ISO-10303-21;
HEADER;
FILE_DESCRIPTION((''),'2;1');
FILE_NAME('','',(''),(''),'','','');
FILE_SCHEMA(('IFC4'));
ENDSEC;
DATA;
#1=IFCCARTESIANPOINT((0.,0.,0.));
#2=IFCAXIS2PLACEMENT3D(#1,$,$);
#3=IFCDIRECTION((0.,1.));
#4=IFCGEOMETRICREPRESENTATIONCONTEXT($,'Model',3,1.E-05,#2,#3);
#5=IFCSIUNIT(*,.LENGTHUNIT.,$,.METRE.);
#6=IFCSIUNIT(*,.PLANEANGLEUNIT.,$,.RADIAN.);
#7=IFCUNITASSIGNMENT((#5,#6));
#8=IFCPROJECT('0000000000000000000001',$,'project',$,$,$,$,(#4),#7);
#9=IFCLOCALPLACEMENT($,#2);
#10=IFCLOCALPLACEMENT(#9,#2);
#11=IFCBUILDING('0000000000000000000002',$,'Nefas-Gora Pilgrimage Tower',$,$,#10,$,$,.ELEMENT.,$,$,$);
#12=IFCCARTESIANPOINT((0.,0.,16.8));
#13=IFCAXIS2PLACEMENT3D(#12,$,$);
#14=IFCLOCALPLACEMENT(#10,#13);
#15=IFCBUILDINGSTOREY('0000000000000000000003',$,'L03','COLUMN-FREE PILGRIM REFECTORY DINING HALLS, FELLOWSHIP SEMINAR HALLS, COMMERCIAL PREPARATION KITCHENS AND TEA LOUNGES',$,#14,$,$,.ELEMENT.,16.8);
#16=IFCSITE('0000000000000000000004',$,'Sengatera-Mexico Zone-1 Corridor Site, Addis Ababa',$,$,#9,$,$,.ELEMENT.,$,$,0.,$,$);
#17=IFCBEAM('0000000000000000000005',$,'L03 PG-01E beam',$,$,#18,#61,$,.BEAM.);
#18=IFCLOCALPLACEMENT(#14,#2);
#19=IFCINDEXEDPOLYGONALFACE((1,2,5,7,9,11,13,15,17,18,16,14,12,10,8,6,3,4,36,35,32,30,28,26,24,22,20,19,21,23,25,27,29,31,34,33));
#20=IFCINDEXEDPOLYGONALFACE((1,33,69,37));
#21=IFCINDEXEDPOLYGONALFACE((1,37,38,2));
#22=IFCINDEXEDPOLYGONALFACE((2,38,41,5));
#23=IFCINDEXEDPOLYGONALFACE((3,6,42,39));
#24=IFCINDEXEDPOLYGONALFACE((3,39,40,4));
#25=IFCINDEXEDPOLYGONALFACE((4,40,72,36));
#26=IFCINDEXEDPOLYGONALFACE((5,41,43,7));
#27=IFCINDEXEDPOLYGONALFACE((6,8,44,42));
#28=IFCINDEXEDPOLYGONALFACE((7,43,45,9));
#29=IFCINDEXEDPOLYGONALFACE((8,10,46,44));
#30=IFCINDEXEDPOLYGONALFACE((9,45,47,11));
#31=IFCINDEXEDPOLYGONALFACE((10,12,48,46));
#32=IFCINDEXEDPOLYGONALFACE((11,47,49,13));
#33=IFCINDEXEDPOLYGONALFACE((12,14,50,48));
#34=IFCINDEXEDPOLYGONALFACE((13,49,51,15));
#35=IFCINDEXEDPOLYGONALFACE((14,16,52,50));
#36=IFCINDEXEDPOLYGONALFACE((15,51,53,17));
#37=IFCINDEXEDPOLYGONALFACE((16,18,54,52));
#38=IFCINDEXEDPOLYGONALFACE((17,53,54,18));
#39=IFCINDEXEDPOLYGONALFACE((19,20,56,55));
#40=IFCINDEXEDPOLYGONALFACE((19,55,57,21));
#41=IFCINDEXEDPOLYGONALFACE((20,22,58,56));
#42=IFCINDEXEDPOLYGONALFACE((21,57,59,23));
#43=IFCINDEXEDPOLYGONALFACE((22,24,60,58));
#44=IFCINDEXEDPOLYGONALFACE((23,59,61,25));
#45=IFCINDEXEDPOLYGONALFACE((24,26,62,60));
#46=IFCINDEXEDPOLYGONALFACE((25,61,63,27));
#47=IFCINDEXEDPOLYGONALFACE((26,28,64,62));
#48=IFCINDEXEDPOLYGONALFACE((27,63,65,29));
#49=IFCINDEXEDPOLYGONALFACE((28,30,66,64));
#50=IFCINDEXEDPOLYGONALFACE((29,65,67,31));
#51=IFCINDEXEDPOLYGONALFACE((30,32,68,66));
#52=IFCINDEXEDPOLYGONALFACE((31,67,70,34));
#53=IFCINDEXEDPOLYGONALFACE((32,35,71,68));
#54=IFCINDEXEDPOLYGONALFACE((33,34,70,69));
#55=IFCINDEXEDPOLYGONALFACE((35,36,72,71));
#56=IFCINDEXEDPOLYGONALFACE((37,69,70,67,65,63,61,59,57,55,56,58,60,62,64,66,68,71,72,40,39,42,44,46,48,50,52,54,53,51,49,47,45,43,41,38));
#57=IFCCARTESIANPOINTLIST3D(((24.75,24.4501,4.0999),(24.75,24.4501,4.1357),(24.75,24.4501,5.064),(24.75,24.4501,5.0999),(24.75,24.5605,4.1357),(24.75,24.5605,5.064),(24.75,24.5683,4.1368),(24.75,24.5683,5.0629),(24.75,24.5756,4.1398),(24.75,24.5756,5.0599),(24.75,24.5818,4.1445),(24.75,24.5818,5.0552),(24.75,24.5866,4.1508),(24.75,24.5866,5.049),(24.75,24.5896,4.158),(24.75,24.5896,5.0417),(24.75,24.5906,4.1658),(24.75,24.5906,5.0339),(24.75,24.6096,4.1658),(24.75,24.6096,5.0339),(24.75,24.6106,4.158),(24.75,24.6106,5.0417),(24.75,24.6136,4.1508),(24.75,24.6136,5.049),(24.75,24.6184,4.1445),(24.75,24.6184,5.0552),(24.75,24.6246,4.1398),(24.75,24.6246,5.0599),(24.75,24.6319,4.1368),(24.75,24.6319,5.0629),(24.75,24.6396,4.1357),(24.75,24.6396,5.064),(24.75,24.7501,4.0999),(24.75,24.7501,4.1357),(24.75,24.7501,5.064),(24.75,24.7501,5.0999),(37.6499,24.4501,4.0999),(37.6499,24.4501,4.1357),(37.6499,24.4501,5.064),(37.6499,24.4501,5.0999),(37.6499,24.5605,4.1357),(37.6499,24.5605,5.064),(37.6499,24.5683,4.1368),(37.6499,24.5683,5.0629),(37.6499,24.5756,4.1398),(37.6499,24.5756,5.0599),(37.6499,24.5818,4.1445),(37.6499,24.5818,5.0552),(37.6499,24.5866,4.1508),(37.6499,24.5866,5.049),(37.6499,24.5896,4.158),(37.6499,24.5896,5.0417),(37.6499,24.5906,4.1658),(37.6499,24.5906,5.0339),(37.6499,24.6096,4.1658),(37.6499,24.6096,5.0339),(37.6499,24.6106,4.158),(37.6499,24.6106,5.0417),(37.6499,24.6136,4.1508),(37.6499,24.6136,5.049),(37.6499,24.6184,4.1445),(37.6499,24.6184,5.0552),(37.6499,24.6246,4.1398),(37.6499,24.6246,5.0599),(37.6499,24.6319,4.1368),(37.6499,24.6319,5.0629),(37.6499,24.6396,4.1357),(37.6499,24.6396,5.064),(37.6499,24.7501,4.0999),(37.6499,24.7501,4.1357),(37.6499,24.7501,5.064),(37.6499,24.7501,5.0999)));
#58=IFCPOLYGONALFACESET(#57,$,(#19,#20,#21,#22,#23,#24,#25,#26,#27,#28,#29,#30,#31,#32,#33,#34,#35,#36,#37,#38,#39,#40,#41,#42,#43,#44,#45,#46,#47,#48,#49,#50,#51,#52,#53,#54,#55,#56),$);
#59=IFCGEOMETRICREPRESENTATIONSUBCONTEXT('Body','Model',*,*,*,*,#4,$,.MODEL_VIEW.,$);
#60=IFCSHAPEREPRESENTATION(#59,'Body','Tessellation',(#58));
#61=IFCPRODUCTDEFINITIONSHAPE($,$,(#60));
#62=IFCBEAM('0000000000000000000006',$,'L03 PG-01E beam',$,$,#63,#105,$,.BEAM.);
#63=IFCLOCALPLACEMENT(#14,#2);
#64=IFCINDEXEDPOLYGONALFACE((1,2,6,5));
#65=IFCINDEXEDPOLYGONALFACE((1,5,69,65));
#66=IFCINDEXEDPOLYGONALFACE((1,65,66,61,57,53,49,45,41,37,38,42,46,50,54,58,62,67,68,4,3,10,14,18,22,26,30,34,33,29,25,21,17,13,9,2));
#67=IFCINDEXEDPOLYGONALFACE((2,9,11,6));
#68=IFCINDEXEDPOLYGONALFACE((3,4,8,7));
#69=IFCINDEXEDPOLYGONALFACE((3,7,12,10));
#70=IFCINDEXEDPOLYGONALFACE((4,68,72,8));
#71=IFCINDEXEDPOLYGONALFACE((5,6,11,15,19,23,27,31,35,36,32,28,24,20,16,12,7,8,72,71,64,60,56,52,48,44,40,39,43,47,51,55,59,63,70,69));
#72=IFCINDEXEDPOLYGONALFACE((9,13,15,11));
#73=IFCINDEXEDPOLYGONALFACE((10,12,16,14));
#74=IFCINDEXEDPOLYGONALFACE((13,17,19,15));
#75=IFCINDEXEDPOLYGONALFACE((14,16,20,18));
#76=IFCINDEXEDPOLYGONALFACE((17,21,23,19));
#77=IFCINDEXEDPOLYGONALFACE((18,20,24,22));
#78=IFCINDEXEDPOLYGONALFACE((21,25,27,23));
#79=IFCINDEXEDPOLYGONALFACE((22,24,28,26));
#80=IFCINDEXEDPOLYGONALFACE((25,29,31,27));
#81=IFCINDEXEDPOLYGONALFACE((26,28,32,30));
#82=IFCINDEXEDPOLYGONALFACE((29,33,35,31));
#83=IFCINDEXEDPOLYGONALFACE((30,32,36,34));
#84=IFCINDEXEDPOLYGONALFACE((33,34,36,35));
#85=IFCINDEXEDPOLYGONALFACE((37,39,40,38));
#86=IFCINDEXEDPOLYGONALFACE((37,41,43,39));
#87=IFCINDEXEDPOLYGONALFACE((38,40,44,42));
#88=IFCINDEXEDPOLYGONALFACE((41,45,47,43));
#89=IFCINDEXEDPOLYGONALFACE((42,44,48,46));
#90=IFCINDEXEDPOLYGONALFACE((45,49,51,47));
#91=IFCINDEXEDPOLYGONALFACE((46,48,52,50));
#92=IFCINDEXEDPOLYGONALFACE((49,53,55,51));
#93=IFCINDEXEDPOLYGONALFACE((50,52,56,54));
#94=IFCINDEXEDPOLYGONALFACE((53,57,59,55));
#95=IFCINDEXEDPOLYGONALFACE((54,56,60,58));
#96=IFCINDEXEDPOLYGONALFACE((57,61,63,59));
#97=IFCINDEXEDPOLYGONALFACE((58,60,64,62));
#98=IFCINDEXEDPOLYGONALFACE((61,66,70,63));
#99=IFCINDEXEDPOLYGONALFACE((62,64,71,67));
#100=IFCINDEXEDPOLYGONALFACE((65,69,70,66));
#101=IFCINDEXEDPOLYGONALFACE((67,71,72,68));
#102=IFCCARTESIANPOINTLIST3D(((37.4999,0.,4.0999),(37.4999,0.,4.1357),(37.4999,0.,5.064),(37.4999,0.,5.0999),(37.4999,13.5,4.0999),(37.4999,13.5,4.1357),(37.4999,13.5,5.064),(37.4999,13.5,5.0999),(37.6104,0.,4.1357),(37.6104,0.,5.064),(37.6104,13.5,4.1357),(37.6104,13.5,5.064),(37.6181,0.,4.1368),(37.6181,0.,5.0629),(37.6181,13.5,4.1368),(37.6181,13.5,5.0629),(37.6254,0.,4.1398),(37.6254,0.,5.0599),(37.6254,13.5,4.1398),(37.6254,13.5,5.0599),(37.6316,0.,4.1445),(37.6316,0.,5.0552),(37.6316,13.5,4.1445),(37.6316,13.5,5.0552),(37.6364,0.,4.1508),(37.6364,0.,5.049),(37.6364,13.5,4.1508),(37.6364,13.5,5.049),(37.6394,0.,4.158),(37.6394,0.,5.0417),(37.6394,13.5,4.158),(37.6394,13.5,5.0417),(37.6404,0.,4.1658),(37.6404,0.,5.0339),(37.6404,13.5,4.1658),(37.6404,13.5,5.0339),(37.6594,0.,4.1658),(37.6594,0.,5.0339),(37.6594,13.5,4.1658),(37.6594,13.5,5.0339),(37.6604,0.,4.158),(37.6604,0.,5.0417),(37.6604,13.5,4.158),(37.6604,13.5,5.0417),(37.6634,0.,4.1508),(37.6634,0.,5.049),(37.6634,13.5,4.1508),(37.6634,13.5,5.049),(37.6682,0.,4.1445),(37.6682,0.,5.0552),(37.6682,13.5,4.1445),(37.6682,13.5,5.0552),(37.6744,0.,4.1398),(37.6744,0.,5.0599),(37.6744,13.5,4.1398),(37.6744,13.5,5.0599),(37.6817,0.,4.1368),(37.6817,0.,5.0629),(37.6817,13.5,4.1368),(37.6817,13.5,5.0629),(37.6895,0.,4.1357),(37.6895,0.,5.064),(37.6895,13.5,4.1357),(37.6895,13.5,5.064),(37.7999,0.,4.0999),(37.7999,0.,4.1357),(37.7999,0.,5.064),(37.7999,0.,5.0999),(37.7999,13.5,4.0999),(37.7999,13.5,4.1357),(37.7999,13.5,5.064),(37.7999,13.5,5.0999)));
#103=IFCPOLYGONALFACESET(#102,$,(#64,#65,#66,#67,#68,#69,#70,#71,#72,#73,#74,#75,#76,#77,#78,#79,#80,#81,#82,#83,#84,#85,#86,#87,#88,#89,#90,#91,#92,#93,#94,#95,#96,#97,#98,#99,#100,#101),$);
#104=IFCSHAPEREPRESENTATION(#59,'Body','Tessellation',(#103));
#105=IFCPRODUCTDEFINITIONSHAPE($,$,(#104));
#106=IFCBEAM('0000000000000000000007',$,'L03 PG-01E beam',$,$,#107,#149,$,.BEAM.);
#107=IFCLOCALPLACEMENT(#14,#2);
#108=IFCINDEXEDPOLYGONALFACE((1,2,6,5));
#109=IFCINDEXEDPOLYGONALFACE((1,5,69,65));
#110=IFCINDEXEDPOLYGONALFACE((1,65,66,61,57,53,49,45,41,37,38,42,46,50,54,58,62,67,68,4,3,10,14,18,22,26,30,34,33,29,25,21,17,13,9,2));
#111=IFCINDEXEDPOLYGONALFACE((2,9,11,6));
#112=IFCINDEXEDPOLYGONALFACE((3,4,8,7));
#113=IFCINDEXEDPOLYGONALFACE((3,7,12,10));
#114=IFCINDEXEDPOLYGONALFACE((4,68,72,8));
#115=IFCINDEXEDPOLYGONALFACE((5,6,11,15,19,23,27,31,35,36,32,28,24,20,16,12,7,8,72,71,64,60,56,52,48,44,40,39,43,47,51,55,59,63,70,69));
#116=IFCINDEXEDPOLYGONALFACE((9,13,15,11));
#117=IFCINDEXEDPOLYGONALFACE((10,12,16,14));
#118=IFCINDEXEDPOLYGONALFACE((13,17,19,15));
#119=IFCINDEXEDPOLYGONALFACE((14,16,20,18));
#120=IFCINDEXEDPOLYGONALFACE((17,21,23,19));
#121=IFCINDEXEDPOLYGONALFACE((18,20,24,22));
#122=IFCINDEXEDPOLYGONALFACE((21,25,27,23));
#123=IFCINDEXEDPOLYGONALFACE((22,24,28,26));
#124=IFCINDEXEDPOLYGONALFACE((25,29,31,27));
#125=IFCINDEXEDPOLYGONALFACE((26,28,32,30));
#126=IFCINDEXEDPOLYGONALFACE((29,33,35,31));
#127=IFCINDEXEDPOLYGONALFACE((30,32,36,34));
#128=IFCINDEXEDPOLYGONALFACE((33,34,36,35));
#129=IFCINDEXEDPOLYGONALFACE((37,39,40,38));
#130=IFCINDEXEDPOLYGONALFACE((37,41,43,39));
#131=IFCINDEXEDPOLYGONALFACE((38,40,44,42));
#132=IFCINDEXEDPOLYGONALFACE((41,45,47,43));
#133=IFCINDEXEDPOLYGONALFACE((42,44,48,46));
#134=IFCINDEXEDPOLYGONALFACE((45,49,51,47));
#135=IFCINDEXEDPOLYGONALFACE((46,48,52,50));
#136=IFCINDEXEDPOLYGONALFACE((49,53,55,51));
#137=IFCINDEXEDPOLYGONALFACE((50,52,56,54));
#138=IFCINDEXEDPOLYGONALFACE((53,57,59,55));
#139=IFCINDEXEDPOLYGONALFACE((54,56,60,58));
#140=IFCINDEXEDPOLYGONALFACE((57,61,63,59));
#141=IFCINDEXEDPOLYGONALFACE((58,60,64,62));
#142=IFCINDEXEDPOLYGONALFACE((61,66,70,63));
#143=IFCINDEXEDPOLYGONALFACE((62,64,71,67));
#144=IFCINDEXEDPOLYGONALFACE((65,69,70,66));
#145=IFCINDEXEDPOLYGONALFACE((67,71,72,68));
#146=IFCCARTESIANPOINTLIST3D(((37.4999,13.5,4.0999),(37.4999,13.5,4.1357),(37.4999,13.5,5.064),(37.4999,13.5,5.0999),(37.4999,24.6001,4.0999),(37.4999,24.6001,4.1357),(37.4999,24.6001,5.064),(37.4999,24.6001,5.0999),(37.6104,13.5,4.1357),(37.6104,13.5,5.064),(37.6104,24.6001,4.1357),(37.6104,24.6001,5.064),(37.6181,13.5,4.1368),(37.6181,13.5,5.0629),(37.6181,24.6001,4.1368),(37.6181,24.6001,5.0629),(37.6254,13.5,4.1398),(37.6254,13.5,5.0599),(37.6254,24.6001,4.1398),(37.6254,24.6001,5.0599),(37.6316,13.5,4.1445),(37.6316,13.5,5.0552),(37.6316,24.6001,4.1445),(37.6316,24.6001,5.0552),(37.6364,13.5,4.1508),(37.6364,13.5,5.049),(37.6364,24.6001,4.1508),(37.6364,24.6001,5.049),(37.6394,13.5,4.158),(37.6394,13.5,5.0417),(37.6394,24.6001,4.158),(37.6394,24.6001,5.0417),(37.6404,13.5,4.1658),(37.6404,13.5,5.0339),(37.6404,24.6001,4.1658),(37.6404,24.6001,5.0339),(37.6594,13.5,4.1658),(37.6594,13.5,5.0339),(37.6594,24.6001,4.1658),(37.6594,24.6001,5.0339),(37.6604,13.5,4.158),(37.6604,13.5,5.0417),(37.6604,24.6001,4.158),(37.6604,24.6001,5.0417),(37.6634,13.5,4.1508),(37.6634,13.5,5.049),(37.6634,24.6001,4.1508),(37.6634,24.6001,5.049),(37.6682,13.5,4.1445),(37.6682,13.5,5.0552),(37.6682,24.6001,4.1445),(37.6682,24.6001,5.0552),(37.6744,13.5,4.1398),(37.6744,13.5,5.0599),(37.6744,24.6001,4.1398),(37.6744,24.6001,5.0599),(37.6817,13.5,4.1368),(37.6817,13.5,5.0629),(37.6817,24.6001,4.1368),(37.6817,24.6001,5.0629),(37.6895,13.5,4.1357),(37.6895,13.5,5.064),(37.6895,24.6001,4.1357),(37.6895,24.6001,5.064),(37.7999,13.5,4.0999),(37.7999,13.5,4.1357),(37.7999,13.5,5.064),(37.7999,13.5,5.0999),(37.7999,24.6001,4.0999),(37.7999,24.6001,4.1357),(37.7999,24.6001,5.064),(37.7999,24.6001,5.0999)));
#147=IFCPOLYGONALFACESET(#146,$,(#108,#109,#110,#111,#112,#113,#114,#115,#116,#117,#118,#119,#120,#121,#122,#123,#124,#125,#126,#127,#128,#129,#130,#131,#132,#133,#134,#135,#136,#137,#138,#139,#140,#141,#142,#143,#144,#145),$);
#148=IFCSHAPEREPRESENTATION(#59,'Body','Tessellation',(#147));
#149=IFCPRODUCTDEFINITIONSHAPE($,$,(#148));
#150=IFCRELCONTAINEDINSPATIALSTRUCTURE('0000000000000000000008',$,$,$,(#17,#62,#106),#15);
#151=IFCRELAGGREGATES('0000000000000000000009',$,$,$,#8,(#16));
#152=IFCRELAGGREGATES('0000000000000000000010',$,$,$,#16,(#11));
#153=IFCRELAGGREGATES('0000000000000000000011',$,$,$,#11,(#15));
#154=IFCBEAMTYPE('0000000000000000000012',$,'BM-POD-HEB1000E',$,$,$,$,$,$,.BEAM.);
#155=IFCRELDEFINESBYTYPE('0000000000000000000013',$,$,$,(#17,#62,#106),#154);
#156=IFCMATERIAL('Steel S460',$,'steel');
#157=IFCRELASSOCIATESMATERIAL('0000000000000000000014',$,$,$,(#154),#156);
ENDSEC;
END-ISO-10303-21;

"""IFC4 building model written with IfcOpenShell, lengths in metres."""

from ifc_helpers import new_model, si_unit, direction, frame, origin, origin_2d, place, context, subcontext, project, spatial, i_section, extrude, source, transform, mapped, material, material_profile, profile_set, type_object, element, save


model = new_model("IFC4")

# Units and contexts
model_context = context("Model", 3, precision=1e-05, world=origin(), true_north=direction((0.0, 1.0)))
body_context = subcontext(model_context, "Body", "Model", "MODEL_VIEW")
ifc_project = project(units=[si_unit("LENGTHUNIT", "METRE"), si_unit("PLANEANGLEUNIT", "RADIAN")], contexts=[model_context])

# Site, building, storey
site_placement = place(None, origin())
site = spatial("IfcSite", under=ifc_project, at=site_placement, Name="Sengatera-Mexico Zone-1 Corridor Site, Addis Ababa", CompositionType="ELEMENT", RefElevation=0.0)
building_placement = place(site_placement, origin())
building = spatial("IfcBuilding", under=site, at=building_placement, Name="Nefas-Gora Pilgrimage Tower", CompositionType="ELEMENT")
storey_placement = place(building_placement, frame((0.0, 0.0, 16.8)))
storey = spatial("IfcBuildingStorey", under=building, at=storey_placement, Name="L03", Description="COLUMN-FREE PILGRIM REFECTORY DINING HALLS, FELLOWSHIP SEMINAR HALLS, COMMERCIAL PREPARATION KITCHENS AND TEA LOUNGES", CompositionType="ELEMENT", Elevation=16.8)

# Shared definitions
ifc_material_1 = material(Name="Steel S460", Category="steel")

# Beams
ifc_material_profile_1 = material_profile(ifc_material_1, i_section(OverallWidth=0.3, OverallDepth=1.0, WebThickness=0.019, FlangeThickness=0.0359, FilletRadius=0.03, at=origin_2d()), Name="HEB 1000")
ifc_profile_set_1 = profile_set([ifc_material_profile_1], Name="Steel S460")
beam_type_1 = type_object("IfcBeamType", Name="BM-POD-HEB1000E", PredefinedType="BEAM", material=ifc_profile_set_1)
shared_shape_1 = source(origin(), body_context, "Body", "SweptSolid", [
    extrude(i_section(OverallWidth=0.3, OverallDepth=1.0, WebThickness=0.019, FlangeThickness=0.0359, FilletRadius=0.03, at=origin_2d()), origin(), (0.0, 0.0, 1.0), 12.8999),
])
beam_1_placement = place(storey_placement, frame((24.75, 24.6001, 4.5999), z_axis=(1.0, 0.0, 0.0), x_axis=(0.0, 1.0, 0.0)))
element("IfcBeam", 1, at=beam_1_placement, inside=storey, type_object=beam_type_1, Name="L03 PG-01E beam", PredefinedType="BEAM", context=body_context, shape_type="MappedRepresentation", body=[
    mapped(shared_shape_1, transform((0.0, 0.0, 0.0), x_axis=(1.0, 0.0, 0.0), y_axis=(0.0, 1.0, 0.0), z_axis=(0.0, 0.0, 1.0), scale=1.0)),
])
shared_shape_2 = source(origin(), body_context, "Body", "SweptSolid", [
    extrude(i_section(OverallWidth=0.3, OverallDepth=1.0, WebThickness=0.019, FlangeThickness=0.0359, FilletRadius=0.03, at=origin_2d()), origin(), (0.0, 0.0, 1.0), 13.5),
])
beam_2_placement = place(storey_placement, frame((37.6499, 0.0, 4.5999), z_axis=(0.0, 1.0, 0.0), x_axis=(-1.0, 0.0, 0.0)))
element("IfcBeam", 2, at=beam_2_placement, inside=storey, type_object=beam_type_1, Name="L03 PG-01E beam", PredefinedType="BEAM", context=body_context, shape_type="MappedRepresentation", body=[
    mapped(shared_shape_2, transform((0.0, 0.0, 0.0), x_axis=(1.0, 0.0, 0.0), y_axis=(0.0, 1.0, 0.0), z_axis=(0.0, 0.0, 1.0), scale=1.0)),
])
shared_shape_3 = source(origin(), body_context, "Body", "SweptSolid", [
    extrude(i_section(OverallWidth=0.3, OverallDepth=1.0, WebThickness=0.019, FlangeThickness=0.0359, FilletRadius=0.03, at=origin_2d()), origin(), (0.0, 0.0, 1.0), 11.1001),
])
beam_3_placement = place(storey_placement, frame((37.6499, 13.5, 4.5999), z_axis=(0.0, 1.0, 0.0), x_axis=(-1.0, 0.0, 0.0)))
element("IfcBeam", 3, at=beam_3_placement, inside=storey, type_object=beam_type_1, Name="L03 PG-01E beam", PredefinedType="BEAM", context=body_context, shape_type="MappedRepresentation", body=[
    mapped(shared_shape_3, transform((0.0, 0.0, 0.0), x_axis=(1.0, 0.0, 0.0), y_axis=(0.0, 1.0, 0.0), z_axis=(0.0, 0.0, 1.0), scale=1.0)),
])

save(model, "model.ifc")
